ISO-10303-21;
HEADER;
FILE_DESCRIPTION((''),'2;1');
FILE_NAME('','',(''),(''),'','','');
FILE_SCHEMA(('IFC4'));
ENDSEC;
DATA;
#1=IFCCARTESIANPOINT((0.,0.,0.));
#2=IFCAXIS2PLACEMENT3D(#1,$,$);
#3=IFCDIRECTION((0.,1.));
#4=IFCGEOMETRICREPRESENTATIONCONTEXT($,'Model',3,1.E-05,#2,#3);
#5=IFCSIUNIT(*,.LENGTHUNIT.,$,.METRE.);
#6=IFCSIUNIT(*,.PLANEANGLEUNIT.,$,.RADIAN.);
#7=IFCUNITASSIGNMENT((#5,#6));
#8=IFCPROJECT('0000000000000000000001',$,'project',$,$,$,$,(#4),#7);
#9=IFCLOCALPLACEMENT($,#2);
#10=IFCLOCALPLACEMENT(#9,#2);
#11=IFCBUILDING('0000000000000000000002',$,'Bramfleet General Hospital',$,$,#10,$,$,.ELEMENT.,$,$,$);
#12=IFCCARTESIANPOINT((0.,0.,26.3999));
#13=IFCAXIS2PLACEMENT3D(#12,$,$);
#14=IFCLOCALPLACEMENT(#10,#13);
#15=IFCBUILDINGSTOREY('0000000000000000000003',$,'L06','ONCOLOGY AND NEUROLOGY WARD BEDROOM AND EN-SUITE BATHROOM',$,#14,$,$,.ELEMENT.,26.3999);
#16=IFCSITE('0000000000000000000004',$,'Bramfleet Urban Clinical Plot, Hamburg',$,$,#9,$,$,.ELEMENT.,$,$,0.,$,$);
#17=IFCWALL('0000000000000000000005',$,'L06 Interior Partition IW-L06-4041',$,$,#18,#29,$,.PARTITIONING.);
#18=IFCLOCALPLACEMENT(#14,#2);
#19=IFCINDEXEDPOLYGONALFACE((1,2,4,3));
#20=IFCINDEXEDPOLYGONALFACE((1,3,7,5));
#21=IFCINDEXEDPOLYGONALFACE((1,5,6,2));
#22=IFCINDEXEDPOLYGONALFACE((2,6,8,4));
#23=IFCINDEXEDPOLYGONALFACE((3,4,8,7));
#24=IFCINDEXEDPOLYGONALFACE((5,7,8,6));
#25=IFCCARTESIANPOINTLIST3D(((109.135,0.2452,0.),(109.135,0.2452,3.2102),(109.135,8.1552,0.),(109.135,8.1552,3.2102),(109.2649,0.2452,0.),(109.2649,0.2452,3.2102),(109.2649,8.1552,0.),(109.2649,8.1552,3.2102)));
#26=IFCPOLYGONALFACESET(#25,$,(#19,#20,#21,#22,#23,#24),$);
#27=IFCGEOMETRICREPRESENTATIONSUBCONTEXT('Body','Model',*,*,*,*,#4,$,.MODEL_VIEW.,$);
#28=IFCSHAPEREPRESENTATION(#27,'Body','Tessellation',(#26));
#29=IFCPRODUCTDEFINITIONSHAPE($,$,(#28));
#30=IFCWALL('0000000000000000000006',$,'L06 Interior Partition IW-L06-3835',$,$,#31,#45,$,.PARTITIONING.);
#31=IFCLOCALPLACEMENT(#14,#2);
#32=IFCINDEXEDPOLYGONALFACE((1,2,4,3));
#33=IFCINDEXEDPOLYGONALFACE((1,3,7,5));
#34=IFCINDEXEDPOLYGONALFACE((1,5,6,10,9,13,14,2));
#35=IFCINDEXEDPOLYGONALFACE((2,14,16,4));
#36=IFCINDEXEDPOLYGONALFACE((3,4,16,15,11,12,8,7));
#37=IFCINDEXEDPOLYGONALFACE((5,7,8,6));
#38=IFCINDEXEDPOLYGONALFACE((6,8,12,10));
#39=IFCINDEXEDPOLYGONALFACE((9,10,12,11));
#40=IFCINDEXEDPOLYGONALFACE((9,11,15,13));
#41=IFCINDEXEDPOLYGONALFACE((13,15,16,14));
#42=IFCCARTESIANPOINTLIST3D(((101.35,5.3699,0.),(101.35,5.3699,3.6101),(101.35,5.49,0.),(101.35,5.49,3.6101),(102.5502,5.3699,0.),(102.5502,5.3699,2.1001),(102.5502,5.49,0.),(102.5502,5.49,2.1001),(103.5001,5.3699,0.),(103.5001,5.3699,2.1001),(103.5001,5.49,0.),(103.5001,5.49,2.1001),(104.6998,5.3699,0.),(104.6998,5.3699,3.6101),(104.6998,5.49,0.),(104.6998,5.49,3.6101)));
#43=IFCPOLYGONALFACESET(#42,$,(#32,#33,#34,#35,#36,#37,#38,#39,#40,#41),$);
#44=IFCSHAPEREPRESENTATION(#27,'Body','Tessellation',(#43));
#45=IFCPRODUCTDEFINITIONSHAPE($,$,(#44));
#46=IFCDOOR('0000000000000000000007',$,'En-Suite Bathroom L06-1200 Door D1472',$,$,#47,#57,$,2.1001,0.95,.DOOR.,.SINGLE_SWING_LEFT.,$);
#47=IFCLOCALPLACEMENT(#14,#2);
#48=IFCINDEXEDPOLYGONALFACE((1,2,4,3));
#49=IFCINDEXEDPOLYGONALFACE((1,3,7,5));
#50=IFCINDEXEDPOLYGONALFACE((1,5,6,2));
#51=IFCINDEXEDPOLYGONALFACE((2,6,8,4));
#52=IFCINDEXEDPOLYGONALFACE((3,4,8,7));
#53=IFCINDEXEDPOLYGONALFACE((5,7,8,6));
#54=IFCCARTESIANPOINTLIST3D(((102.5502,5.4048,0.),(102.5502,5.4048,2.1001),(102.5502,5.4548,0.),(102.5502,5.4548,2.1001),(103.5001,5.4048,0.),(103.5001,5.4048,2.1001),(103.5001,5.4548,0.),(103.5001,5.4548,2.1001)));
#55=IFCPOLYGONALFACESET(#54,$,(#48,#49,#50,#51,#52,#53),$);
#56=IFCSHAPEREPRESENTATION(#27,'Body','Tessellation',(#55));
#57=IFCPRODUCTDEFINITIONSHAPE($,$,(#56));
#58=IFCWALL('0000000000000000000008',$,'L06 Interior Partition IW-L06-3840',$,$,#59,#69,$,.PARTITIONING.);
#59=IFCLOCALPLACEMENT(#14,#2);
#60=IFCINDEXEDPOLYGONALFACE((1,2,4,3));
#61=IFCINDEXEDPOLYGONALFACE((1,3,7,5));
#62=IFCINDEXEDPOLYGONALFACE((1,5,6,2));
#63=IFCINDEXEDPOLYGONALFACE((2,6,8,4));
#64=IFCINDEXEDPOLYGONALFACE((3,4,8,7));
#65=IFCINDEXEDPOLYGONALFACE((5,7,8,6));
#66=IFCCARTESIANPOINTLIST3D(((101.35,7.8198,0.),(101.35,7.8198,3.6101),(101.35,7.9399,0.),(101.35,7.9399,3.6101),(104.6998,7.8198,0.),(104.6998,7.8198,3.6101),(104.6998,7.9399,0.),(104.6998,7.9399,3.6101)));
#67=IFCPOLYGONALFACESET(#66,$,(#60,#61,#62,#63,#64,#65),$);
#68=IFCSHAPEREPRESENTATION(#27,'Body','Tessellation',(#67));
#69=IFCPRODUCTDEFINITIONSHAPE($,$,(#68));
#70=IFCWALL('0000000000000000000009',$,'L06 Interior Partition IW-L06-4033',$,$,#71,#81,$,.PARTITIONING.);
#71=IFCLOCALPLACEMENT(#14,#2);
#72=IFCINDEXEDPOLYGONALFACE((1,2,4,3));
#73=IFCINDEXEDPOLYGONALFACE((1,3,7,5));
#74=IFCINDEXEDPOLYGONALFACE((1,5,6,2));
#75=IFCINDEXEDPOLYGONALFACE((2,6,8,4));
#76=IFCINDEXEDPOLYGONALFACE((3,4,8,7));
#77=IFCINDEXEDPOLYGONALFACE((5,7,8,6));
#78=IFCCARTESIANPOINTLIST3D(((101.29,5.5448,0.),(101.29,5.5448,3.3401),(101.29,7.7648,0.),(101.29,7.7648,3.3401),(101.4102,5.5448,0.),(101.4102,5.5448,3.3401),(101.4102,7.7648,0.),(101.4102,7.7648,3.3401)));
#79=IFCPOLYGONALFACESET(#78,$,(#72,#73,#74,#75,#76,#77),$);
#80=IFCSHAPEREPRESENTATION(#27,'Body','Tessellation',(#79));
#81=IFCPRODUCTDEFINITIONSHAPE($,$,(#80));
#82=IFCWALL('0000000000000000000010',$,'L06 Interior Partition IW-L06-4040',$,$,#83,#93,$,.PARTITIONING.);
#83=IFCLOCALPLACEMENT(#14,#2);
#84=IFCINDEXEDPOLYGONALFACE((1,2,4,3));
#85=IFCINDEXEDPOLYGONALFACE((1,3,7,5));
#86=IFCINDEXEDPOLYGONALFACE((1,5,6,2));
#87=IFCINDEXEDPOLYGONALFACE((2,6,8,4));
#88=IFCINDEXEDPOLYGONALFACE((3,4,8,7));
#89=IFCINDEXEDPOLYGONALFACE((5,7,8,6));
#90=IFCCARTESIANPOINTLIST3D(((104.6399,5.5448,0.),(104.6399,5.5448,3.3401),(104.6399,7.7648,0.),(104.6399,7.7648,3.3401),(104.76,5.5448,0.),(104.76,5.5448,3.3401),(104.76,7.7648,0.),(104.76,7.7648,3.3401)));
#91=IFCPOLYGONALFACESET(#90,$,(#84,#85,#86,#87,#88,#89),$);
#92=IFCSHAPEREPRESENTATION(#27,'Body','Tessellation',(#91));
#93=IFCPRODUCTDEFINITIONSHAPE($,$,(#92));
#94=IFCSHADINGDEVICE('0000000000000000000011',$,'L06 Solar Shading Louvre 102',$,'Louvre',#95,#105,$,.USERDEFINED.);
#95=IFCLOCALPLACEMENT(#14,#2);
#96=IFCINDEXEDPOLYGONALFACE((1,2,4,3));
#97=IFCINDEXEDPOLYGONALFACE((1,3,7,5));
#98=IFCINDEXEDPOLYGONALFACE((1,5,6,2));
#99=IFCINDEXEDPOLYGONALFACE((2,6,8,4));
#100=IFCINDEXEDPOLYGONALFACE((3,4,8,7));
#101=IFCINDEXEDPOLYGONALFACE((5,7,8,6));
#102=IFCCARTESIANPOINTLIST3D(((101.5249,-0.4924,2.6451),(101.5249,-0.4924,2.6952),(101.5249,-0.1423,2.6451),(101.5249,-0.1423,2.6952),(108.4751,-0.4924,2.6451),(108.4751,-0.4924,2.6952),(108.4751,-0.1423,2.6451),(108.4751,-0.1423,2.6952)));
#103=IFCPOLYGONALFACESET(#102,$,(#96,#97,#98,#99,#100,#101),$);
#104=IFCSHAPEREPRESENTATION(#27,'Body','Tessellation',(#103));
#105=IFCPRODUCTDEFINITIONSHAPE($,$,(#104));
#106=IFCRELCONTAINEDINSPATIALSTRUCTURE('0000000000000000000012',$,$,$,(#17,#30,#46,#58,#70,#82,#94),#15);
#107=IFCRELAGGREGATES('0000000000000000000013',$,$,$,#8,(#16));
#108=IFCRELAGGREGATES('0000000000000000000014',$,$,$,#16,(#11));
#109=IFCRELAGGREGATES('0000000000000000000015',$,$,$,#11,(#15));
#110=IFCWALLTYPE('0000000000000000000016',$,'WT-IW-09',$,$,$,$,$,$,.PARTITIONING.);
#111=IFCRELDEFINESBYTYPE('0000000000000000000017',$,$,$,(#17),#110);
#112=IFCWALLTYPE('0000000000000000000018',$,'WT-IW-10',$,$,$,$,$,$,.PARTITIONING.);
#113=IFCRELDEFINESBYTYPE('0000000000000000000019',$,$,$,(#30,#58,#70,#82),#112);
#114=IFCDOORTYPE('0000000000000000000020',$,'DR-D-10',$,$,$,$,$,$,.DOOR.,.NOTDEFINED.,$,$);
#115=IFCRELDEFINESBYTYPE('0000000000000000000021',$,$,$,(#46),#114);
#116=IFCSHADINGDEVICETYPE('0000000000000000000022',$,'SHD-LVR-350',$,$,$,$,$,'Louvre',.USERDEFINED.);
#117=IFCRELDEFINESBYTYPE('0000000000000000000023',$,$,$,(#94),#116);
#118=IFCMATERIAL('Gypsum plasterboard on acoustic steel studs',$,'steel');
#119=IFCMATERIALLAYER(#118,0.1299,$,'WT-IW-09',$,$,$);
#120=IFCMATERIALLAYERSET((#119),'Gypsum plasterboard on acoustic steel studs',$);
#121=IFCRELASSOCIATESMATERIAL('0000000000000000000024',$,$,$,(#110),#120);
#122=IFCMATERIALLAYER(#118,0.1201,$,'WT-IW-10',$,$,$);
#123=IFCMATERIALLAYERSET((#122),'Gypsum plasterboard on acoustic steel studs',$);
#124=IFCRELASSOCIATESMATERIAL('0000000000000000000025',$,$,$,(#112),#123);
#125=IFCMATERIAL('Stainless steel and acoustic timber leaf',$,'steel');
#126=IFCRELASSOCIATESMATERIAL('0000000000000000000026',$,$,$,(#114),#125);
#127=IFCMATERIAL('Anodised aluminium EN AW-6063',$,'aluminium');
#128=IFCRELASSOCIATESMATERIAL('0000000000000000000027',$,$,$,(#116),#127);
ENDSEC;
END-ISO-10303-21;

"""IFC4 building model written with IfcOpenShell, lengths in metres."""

from ifc_helpers import new_model, si_unit, direction, frame, frame_2d, origin, origin_2d, place, context, subcontext, project, spatial, rectangle, extrude, material, layer, layer_set, material_profile, profile_set, type_object, element, fill, save


model = new_model("IFC4")

# Units and contexts
model_context = context("Model", 3, precision=1e-05, world=origin(), true_north=direction((0.0, 1.0)))
body_context = subcontext(model_context, "Body", "Model", "MODEL_VIEW")
ifc_project = project(units=[si_unit("LENGTHUNIT", "METRE"), si_unit("PLANEANGLEUNIT", "RADIAN")], contexts=[model_context])

# Site, building, storey
site_placement = place(None, origin())
site = spatial("IfcSite", under=ifc_project, at=site_placement, Name="Bramfleet Urban Clinical Plot, Hamburg", CompositionType="ELEMENT", RefElevation=0.0)
building_placement = place(site_placement, origin())
building = spatial("IfcBuilding", under=site, at=building_placement, Name="Bramfleet General Hospital", CompositionType="ELEMENT")
storey_placement = place(building_placement, frame((0.0, 0.0, 26.3999)))
storey = spatial("IfcBuildingStorey", under=building, at=storey_placement, Name="L06", Description="ONCOLOGY AND NEUROLOGY WARD BEDROOM AND EN-SUITE BATHROOM", CompositionType="ELEMENT", Elevation=26.3999)

# Shared definitions
ifc_material_1 = material(Name="Gypsum plasterboard on acoustic steel studs", Category="steel")

# Shared definitions
ifc_material_2 = material(Name="Stainless steel and acoustic timber leaf", Category="steel")

# Wall
ifc_layer_1 = layer(ifc_material_1, 0.1299, Name="WT-IW-09")
ifc_layer_set_1 = layer_set([ifc_layer_1], Name="Gypsum plasterboard on acoustic steel studs")
wall_type_1 = type_object("IfcWallType", Name="WT-IW-09", PredefinedType="PARTITIONING", material=ifc_layer_set_1)
wall_1_placement = place(storey_placement, frame((109.2, 0.2451, 0.0), z_axis=(0.0, 0.0, 1.0), x_axis=(0.0, 1.0, 0.0)))
element("IfcWall", 1, at=wall_1_placement, inside=storey, type_object=wall_type_1, Name="L06 Interior Partition IW-L06-4041", PredefinedType="PARTITIONING", context=body_context, shape_type="SweptSolid", body=[
    extrude(rectangle(XDim=7.9099, YDim=0.1299, at=frame_2d((3.9551, 0.0))), origin(), (0.0, 0.0, 1.0), 3.2102),
])

# Wall, opening, door
ifc_layer_2 = layer(ifc_material_1, 0.1201, Name="WT-IW-10")
ifc_layer_set_2 = layer_set([ifc_layer_2], Name="Gypsum plasterboard on acoustic steel studs")
wall_type_2 = type_object("IfcWallType", Name="WT-IW-10", PredefinedType="PARTITIONING", material=ifc_layer_set_2)
wall_2_placement = place(storey_placement, frame((101.3501, 5.4299, 0.0), z_axis=(0.0, 0.0, 1.0), x_axis=(1.0, 0.0, 0.0)))
wall_2 = element("IfcWall", 2, at=wall_2_placement, inside=storey, type_object=wall_type_2, Name="L06 Interior Partition IW-L06-3835", PredefinedType="PARTITIONING", context=body_context, shape_type="SweptSolid", body=[
    extrude(rectangle(XDim=3.3499, YDim=0.1201, at=frame_2d((1.6748, 0.0))), origin(), (0.0, 0.0, 1.0), 3.6101),
])
opening_1_placement = place(wall_2_placement, frame((1.2, 0.0, 0.0)))
opening_1 = element("IfcOpeningElement", 3, at=opening_1_placement, cuts=wall_2, PredefinedType="OPENING", context=body_context, shape_type="SweptSolid", body=[
    extrude(rectangle(XDim=0.95, YDim=2.1001, at=frame_2d((0.4751, 1.05))), frame((0.0, 0.0701, 0.0), z_axis=(0.0, -1.0, 0.0), x_axis=(1.0, 0.0, 0.0)), (0.0, 0.0, 1.0), 0.1401),
])
door_type_1 = type_object("IfcDoorType", Name="DR-D-10", OperationType="NOTDEFINED", PredefinedType="DOOR", material=ifc_material_2)
door_1_placement = place(opening_1_placement, origin())
door_1 = element("IfcDoor", 4, at=door_1_placement, inside=storey, type_object=door_type_1, Name="En-Suite Bathroom L06-1200 Door D1472", OperationType="SINGLE_SWING_LEFT", OverallHeight=2.1001, OverallWidth=0.95, PredefinedType="DOOR", context=body_context, shape_type="SweptSolid", body=[
    extrude(rectangle(XDim=0.95, YDim=2.1001, at=frame_2d((0.4751, 1.05))), frame((0.0, 0.0249, 0.0), z_axis=(0.0, -1.0, 0.0), x_axis=(1.0, 0.0, 0.0)), (0.0, 0.0, 1.0), 0.05),
])
fill(opening_1, door_1)

# Walls
wall_3_placement = place(storey_placement, frame((101.3501, 7.8799, 0.0), z_axis=(0.0, 0.0, 1.0), x_axis=(1.0, 0.0, 0.0)))
element("IfcWall", 5, at=wall_3_placement, inside=storey, type_object=wall_type_2, Name="L06 Interior Partition IW-L06-3840", PredefinedType="PARTITIONING", context=body_context, shape_type="SweptSolid", body=[
    extrude(rectangle(XDim=3.3499, YDim=0.1201, at=frame_2d((1.6748, 0.0))), origin(), (0.0, 0.0, 1.0), 3.6101),
])
for number, where, z_axis, x_axis, name in (
    (6, (101.3501, 5.5449, 0.0), (0.0, 0.0, 1.0), (0.0, 1.0, 0.0), "L06 Interior Partition IW-L06-4033"),
    (7, (104.7, 5.5449, 0.0), (0.0, 0.0, 1.0), (0.0, 1.0, 0.0), "L06 Interior Partition IW-L06-4040"),
):
    element("IfcWall", number, at=place(storey_placement, frame(where, z_axis=z_axis, x_axis=x_axis)), inside=storey, type_object=wall_type_2, Name=name, PredefinedType="PARTITIONING", context=body_context, shape_type="SweptSolid", body=[
        extrude(rectangle(XDim=2.22, YDim=0.1201, at=frame_2d((1.1099, 0.0))), origin(), (0.0, 0.0, 1.0), 3.3401),
    ])

# Shading device
ifc_material_3 = material(Name="Anodised aluminium EN AW-6063", Category="aluminium")
ifc_material_profile_1 = material_profile(ifc_material_3, rectangle(XDim=0.05, YDim=0.3501, at=origin_2d()), Name="ALU LOUVRE 350x50")
ifc_profile_set_1 = profile_set([ifc_material_profile_1], Name="Anodised aluminium EN AW-6063")
shading_device_type = type_object("IfcShadingDeviceType", Name="SHD-LVR-350", ElementType="Louvre", PredefinedType="USERDEFINED", material=ifc_profile_set_1)
shading_device_placement = place(storey_placement, frame((108.4751, -0.3174, 2.6702), z_axis=(-1.0, 0.0, 0.0), x_axis=(0.0, 0.0, 1.0)))
element("IfcShadingDevice", 8, at=shading_device_placement, inside=storey, type_object=shading_device_type, Name="L06 Solar Shading Louvre 102", ObjectType="Louvre", PredefinedType="USERDEFINED", context=body_context, shape_type="SweptSolid", body=[
    extrude(rectangle(XDim=0.05, YDim=0.3501, at=origin_2d()), origin(), (0.0, 0.0, 1.0), 6.9502),
])

save(model, "model.ifc")
